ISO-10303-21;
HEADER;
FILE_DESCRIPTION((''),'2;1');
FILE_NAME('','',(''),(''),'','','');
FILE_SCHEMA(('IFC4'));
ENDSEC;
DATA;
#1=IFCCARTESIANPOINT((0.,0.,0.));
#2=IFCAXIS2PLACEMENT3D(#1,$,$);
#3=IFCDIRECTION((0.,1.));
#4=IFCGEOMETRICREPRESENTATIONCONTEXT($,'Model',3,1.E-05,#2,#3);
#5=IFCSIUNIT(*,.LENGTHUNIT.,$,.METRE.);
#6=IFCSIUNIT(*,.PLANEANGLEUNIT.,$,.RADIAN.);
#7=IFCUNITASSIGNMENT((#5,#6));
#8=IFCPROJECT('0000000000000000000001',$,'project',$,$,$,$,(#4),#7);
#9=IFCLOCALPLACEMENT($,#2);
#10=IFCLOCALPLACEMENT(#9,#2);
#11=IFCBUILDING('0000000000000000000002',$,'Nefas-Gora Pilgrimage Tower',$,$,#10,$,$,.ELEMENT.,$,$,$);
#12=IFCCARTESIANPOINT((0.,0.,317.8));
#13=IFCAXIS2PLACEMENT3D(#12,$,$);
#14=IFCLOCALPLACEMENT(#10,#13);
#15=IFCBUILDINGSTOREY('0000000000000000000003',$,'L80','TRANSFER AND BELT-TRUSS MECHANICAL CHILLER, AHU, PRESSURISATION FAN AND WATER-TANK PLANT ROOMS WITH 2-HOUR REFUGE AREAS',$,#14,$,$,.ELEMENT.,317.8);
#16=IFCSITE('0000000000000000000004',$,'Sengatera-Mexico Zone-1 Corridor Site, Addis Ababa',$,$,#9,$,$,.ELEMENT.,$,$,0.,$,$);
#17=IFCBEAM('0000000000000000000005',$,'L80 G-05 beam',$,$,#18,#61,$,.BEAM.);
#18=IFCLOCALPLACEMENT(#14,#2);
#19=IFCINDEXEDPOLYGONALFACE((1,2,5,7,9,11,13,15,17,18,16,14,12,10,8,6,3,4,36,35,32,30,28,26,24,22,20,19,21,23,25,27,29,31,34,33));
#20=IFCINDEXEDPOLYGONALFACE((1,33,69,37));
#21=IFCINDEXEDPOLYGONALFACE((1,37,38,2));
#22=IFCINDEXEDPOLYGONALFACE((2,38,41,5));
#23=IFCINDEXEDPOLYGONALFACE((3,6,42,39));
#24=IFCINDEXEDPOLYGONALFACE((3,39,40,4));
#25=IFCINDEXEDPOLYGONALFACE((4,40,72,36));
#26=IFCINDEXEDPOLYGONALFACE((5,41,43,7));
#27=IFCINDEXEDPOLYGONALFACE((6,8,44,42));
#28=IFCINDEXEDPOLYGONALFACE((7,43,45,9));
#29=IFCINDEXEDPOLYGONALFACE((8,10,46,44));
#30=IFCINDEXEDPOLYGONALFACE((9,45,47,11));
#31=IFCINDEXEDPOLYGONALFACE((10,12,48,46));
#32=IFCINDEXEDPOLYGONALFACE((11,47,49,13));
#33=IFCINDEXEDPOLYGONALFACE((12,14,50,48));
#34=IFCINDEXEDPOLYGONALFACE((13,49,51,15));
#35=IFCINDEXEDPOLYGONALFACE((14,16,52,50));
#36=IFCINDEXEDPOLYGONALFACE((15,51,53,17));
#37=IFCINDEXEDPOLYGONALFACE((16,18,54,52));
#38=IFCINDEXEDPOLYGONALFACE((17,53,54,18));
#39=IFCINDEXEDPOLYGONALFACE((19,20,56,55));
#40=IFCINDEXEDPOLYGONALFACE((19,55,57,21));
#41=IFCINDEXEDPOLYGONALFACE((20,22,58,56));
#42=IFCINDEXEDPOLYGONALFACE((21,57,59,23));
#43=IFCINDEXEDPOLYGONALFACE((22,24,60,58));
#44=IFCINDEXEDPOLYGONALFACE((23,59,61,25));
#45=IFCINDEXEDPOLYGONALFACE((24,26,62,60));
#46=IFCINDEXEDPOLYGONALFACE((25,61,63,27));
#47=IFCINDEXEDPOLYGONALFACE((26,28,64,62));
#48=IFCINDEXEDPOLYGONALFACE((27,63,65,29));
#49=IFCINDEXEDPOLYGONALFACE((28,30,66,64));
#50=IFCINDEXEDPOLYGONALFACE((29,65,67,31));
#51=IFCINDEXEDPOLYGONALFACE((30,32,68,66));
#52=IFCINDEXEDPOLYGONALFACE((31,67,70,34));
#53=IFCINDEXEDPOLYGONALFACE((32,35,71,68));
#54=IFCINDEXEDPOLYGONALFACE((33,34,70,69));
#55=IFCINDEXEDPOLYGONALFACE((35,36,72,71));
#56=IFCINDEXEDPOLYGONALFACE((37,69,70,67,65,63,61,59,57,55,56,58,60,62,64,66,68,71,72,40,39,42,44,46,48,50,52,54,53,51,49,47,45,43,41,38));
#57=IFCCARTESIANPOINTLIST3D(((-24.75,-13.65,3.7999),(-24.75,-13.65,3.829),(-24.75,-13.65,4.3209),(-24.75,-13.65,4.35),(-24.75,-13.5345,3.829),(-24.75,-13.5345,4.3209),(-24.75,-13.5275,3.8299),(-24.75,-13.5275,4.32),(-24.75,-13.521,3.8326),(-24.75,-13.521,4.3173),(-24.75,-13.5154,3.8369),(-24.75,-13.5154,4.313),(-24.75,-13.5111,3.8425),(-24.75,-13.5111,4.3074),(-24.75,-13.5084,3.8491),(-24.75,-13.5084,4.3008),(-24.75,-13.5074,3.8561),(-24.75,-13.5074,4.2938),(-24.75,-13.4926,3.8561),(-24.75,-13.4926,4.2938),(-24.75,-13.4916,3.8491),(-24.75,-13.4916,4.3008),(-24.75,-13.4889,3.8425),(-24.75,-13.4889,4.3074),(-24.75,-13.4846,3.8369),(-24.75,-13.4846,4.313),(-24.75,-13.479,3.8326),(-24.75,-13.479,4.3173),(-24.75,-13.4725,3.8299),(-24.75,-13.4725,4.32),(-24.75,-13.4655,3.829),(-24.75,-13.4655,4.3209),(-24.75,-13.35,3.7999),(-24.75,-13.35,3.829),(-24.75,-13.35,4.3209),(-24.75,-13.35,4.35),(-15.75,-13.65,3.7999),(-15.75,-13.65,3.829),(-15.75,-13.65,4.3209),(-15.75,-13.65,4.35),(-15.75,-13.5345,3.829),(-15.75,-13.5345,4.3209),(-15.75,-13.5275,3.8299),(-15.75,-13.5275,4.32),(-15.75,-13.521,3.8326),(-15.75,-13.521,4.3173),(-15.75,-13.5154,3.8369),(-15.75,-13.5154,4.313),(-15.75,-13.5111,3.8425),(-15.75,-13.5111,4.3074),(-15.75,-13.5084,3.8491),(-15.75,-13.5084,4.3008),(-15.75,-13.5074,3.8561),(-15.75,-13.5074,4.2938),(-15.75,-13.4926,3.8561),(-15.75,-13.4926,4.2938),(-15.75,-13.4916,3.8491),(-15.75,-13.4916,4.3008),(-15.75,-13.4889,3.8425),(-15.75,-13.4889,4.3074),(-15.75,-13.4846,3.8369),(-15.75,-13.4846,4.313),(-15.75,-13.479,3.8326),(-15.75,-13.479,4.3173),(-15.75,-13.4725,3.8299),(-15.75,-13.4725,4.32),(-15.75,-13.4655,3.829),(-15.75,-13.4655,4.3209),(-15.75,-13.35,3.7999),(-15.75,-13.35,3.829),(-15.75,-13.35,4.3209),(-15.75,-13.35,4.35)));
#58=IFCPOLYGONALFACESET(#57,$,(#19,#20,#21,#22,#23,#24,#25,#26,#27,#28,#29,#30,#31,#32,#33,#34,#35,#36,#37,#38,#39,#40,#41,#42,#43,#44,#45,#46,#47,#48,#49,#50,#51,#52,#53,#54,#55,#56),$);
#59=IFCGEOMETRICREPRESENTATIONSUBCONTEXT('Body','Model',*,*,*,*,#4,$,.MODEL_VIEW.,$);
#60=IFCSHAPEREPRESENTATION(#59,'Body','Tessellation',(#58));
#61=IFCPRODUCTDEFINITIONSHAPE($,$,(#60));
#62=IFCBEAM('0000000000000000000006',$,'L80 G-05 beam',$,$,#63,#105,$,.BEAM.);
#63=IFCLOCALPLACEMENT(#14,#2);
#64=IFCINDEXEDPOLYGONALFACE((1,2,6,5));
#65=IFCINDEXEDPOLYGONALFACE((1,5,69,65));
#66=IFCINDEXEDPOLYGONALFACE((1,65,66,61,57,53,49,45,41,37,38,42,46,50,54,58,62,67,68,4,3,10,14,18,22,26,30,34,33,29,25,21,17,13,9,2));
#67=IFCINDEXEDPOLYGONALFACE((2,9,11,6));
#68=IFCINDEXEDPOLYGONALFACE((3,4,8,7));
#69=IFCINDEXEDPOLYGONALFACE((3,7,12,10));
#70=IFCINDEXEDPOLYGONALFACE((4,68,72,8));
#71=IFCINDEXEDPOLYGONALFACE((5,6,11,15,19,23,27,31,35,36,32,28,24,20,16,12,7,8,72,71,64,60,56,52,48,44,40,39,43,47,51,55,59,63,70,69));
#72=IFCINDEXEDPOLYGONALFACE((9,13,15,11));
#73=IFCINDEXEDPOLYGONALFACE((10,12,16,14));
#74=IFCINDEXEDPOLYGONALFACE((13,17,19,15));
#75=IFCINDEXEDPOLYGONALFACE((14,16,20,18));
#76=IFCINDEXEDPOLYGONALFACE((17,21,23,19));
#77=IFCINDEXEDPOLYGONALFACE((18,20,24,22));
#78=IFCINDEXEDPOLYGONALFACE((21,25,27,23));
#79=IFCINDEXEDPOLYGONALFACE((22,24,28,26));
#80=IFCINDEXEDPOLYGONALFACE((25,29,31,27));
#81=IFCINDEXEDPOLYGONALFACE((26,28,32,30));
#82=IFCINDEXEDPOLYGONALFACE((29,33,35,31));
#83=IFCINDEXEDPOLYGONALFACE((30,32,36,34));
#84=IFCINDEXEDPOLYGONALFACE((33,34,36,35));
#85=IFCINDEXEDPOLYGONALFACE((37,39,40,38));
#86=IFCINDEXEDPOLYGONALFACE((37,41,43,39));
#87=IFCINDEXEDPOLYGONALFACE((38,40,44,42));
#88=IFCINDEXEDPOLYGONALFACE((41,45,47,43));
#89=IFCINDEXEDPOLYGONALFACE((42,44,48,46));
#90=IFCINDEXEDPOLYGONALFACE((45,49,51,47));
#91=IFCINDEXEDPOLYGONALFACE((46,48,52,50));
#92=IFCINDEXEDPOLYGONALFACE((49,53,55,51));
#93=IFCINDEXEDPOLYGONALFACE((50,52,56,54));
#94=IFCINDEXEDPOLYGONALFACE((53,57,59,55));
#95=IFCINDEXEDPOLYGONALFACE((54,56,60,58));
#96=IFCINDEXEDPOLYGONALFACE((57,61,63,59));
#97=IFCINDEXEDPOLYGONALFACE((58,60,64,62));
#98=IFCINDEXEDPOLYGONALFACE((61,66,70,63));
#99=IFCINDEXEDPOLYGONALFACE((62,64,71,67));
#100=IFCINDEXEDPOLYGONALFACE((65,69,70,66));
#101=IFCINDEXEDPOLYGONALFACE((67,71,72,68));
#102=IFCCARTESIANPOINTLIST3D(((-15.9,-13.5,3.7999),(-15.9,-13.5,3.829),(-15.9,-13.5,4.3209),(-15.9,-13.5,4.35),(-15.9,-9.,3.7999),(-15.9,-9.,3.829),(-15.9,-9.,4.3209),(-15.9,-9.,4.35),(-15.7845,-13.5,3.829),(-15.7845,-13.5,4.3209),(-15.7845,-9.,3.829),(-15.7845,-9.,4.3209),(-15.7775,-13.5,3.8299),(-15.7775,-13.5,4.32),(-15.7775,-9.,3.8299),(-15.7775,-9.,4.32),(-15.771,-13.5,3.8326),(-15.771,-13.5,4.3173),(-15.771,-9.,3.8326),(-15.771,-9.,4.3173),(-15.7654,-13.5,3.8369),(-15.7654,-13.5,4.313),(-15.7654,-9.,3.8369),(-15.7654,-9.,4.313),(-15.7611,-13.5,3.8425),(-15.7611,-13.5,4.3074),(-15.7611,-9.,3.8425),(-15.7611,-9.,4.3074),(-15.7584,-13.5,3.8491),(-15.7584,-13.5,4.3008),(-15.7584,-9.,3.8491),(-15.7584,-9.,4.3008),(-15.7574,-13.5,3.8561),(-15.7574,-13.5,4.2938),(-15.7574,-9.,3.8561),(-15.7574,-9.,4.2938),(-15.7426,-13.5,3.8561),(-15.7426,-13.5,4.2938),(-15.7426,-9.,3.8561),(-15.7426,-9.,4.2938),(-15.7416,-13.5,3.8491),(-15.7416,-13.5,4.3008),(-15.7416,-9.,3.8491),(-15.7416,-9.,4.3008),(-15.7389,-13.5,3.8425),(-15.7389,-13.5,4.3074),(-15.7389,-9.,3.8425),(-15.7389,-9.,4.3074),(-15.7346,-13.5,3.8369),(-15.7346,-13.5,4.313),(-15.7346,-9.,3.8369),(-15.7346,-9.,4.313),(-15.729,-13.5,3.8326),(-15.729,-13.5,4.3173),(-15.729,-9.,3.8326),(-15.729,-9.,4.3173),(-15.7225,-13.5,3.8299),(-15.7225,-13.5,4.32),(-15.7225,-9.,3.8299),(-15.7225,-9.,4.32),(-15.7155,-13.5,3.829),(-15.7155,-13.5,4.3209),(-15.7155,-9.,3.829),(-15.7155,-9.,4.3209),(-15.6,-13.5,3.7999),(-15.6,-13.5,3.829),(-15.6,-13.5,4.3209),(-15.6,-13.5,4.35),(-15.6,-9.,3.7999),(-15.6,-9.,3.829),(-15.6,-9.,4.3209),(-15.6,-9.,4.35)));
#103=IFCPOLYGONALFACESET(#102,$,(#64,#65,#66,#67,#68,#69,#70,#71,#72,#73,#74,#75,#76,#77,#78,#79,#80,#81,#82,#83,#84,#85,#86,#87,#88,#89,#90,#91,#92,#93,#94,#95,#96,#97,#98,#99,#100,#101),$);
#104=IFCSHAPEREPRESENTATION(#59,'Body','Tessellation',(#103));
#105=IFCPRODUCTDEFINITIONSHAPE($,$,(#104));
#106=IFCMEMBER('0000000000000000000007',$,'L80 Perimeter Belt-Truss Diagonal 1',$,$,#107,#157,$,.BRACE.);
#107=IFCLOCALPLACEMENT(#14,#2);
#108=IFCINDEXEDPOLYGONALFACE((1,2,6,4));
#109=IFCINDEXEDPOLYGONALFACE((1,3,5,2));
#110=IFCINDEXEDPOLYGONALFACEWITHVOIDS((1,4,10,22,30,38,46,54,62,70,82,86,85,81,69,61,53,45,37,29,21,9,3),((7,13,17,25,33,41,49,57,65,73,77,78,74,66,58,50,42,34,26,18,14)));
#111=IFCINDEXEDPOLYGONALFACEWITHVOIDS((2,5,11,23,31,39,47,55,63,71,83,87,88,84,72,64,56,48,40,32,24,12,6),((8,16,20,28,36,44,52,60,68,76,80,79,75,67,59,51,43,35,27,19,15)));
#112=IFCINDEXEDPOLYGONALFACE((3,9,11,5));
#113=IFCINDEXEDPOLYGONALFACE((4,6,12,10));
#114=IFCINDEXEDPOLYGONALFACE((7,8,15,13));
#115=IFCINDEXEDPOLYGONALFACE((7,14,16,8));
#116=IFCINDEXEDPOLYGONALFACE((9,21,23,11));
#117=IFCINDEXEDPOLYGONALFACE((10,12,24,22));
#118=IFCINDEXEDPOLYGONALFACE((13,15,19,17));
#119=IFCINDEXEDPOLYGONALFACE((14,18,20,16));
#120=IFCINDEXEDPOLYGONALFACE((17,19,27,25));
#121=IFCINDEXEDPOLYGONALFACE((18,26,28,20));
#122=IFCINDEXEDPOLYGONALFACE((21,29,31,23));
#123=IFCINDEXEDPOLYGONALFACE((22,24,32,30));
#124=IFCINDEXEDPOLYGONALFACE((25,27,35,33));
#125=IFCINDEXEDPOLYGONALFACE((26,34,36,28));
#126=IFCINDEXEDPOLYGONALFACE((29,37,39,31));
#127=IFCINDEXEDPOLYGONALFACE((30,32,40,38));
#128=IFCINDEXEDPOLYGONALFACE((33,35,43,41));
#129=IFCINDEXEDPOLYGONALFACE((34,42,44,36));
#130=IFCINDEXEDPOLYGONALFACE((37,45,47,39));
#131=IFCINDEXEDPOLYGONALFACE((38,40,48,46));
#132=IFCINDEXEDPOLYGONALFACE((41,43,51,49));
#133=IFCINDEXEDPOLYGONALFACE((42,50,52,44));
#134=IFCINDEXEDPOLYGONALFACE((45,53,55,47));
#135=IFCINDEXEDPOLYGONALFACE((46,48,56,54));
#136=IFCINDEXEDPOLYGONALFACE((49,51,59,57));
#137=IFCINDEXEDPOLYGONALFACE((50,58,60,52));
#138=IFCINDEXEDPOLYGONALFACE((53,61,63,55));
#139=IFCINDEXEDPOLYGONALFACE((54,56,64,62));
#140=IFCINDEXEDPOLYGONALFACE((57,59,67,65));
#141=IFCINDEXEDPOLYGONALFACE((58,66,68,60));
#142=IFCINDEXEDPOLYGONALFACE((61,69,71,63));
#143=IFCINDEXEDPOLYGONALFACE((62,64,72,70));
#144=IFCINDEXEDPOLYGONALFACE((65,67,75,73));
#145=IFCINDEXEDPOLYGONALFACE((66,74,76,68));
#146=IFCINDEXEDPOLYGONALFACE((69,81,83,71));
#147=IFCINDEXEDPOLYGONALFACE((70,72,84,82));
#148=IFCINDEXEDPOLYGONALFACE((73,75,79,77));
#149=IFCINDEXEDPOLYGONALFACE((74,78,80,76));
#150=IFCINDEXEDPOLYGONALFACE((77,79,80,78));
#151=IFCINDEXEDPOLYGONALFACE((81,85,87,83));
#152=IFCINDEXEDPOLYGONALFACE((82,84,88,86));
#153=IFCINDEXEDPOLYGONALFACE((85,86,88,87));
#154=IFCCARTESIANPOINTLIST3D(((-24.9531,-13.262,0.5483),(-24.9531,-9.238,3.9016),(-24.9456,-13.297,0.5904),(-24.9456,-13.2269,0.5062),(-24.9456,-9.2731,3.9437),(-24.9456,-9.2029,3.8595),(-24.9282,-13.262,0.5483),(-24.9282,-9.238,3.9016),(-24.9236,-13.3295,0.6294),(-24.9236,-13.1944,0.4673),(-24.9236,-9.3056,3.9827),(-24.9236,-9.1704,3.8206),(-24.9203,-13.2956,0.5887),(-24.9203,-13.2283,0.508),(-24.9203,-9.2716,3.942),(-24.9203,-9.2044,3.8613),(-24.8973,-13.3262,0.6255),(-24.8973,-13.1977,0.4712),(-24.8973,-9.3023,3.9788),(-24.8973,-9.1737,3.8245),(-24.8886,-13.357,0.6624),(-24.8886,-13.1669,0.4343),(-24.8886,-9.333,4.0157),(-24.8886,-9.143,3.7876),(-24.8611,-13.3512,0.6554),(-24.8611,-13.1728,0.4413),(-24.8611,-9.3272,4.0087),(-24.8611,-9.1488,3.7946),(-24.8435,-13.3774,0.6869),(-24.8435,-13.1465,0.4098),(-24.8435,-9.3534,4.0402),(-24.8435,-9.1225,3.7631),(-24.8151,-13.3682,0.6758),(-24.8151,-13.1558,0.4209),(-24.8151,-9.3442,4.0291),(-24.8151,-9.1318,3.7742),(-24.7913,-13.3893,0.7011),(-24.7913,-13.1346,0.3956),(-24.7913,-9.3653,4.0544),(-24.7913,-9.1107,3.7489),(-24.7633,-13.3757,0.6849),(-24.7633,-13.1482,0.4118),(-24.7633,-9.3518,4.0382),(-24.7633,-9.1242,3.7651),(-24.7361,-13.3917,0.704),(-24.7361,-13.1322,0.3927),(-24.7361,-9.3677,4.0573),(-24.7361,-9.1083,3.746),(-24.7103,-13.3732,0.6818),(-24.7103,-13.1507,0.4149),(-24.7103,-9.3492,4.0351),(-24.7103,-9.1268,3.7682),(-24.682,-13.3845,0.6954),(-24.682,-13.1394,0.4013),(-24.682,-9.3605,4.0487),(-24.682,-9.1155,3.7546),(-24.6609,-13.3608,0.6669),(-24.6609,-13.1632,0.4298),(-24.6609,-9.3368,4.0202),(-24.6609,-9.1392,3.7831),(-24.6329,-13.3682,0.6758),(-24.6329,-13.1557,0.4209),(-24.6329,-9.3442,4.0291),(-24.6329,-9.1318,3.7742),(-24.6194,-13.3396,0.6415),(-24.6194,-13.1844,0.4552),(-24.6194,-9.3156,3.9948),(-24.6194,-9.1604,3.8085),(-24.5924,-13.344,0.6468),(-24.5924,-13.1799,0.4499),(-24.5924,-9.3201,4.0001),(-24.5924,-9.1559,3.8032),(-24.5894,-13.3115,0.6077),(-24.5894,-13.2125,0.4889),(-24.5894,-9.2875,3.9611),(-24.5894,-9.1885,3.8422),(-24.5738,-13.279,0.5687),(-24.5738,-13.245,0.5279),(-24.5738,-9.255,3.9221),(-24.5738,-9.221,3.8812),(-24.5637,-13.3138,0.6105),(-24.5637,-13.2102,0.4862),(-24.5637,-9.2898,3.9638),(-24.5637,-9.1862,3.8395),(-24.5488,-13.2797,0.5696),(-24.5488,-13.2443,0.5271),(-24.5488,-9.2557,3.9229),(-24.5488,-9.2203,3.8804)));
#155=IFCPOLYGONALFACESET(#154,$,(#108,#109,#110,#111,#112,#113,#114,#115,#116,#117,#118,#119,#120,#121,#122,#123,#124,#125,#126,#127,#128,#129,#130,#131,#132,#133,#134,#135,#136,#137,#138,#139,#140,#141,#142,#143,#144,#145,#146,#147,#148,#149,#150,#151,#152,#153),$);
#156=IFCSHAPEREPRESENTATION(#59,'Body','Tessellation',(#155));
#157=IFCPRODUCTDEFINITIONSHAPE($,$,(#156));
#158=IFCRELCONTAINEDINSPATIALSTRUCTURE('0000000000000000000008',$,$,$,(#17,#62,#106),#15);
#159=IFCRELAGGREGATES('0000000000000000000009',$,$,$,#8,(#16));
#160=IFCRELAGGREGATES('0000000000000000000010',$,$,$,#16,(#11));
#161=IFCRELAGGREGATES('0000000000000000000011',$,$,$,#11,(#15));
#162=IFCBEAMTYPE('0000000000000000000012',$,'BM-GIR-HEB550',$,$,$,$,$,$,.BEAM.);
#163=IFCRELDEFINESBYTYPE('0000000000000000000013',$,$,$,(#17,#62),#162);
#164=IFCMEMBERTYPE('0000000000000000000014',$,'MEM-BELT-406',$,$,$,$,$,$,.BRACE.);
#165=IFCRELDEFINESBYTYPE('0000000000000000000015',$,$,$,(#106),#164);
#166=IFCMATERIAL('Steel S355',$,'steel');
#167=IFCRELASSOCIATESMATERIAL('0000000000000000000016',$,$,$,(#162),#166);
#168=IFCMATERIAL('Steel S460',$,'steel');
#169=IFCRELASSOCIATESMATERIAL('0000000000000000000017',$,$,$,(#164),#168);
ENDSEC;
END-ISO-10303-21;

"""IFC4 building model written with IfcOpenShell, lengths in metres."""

from ifc_helpers import new_model, si_unit, direction, frame, origin, origin_2d, place, context, subcontext, project, spatial, hollow_circle, i_section, extrude, source, transform, mapped, material, material_profile, profile_set, type_object, element, save


model = new_model("IFC4")

# Units and contexts
model_context = context("Model", 3, precision=1e-05, world=origin(), true_north=direction((0.0, 1.0)))
body_context = subcontext(model_context, "Body", "Model", "MODEL_VIEW")
ifc_project = project(units=[si_unit("LENGTHUNIT", "METRE"), si_unit("PLANEANGLEUNIT", "RADIAN")], contexts=[model_context])

# Site, building, storey
site_placement = place(None, origin())
site = spatial("IfcSite", under=ifc_project, at=site_placement, Name="Sengatera-Mexico Zone-1 Corridor Site, Addis Ababa", CompositionType="ELEMENT", RefElevation=0.0)
building_placement = place(site_placement, origin())
building = spatial("IfcBuilding", under=site, at=building_placement, Name="Nefas-Gora Pilgrimage Tower", CompositionType="ELEMENT")
storey_placement = place(building_placement, frame((0.0, 0.0, 317.8)))
storey = spatial("IfcBuildingStorey", under=building, at=storey_placement, Name="L80", Description="TRANSFER AND BELT-TRUSS MECHANICAL CHILLER, AHU, PRESSURISATION FAN AND WATER-TANK PLANT ROOMS WITH 2-HOUR REFUGE AREAS", CompositionType="ELEMENT", Elevation=317.8)

# Shared definitions
ifc_material_1 = material(Name="Steel S355", Category="steel")

# Beams
ifc_material_profile_1 = material_profile(ifc_material_1, i_section(OverallWidth=0.3, OverallDepth=0.55, WebThickness=0.0149, FlangeThickness=0.0291, FilletRadius=0.0271, at=origin_2d()), Name="HEB 550")
ifc_profile_set_1 = profile_set([ifc_material_profile_1], Name="Steel S355")
beam_type_1 = type_object("IfcBeamType", Name="BM-GIR-HEB550", PredefinedType="BEAM", material=ifc_profile_set_1)
shared_shape_1 = source(origin(), body_context, "Body", "SweptSolid", [
    extrude(i_section(OverallWidth=0.3, OverallDepth=0.55, WebThickness=0.0149, FlangeThickness=0.0291, FilletRadius=0.0271, at=origin_2d()), origin(), (0.0, 0.0, 1.0), 9.0),
])
beam_1_placement = place(storey_placement, frame((-24.75, -13.5, 4.075), z_axis=(1.0, 0.0, 0.0), x_axis=(0.0, 1.0, 0.0)))
element("IfcBeam", 1, at=beam_1_placement, inside=storey, type_object=beam_type_1, Name="L80 G-05 beam", PredefinedType="BEAM", context=body_context, shape_type="MappedRepresentation", body=[
    mapped(shared_shape_1, transform((0.0, 0.0, 0.0), x_axis=(1.0, 0.0, 0.0), y_axis=(0.0, 1.0, 0.0), z_axis=(0.0, 0.0, 1.0), scale=1.0)),
])
shared_shape_2 = source(origin(), body_context, "Body", "SweptSolid", [
    extrude(i_section(OverallWidth=0.3, OverallDepth=0.55, WebThickness=0.0149, FlangeThickness=0.0291, FilletRadius=0.0271, at=origin_2d()), origin(), (0.0, 0.0, 1.0), 4.5),
])
beam_2_placement = place(storey_placement, frame((-15.75, -13.5, 4.075), z_axis=(0.0, 1.0, 0.0), x_axis=(-1.0, 0.0, 0.0)))
element("IfcBeam", 2, at=beam_2_placement, inside=storey, type_object=beam_type_1, Name="L80 G-05 beam", PredefinedType="BEAM", context=body_context, shape_type="MappedRepresentation", body=[
    mapped(shared_shape_2, transform((0.0, 0.0, 0.0), x_axis=(1.0, 0.0, 0.0), y_axis=(0.0, 1.0, 0.0), z_axis=(0.0, 0.0, 1.0), scale=1.0)),
])

# Member
ifc_material_2 = material(Name="Steel S460", Category="steel")
ifc_material_profile_2 = material_profile(ifc_material_2, hollow_circle(Radius=0.2031, WallThickness=0.0249, at=origin_2d()), Name="CHS 406.4x25")
ifc_profile_set_2 = profile_set([ifc_material_profile_2], Name="Steel S460")
member_type_1 = type_object("IfcMemberType", Name="MEM-BELT-406", PredefinedType="BRACE", material=ifc_profile_set_2)
shared_shape_3 = source(origin(), body_context, "Body", "SweptSolid", [
    extrude(hollow_circle(Radius=0.2031, WallThickness=0.0249, at=origin_2d()), origin(), (0.0, 0.0, 1.0), 5.238),
])
member_1_placement = place(storey_placement, frame((-24.75, -13.262, 0.5483), z_axis=(0.0, 0.768221, 0.640184), x_axis=(-1.0, 0.0, 0.0)))
element("IfcMember", 3, at=member_1_placement, inside=storey, type_object=member_type_1, Name="L80 Perimeter Belt-Truss Diagonal 1", PredefinedType="BRACE", context=body_context, shape_type="MappedRepresentation", body=[
    mapped(shared_shape_3, transform((0.0, 0.0, 0.0), x_axis=(1.0, 0.0, 0.0), y_axis=(0.0, 1.0, 0.0), z_axis=(0.0, 0.0, 1.0), scale=1.0)),
])

save(model, "model.ifc")
